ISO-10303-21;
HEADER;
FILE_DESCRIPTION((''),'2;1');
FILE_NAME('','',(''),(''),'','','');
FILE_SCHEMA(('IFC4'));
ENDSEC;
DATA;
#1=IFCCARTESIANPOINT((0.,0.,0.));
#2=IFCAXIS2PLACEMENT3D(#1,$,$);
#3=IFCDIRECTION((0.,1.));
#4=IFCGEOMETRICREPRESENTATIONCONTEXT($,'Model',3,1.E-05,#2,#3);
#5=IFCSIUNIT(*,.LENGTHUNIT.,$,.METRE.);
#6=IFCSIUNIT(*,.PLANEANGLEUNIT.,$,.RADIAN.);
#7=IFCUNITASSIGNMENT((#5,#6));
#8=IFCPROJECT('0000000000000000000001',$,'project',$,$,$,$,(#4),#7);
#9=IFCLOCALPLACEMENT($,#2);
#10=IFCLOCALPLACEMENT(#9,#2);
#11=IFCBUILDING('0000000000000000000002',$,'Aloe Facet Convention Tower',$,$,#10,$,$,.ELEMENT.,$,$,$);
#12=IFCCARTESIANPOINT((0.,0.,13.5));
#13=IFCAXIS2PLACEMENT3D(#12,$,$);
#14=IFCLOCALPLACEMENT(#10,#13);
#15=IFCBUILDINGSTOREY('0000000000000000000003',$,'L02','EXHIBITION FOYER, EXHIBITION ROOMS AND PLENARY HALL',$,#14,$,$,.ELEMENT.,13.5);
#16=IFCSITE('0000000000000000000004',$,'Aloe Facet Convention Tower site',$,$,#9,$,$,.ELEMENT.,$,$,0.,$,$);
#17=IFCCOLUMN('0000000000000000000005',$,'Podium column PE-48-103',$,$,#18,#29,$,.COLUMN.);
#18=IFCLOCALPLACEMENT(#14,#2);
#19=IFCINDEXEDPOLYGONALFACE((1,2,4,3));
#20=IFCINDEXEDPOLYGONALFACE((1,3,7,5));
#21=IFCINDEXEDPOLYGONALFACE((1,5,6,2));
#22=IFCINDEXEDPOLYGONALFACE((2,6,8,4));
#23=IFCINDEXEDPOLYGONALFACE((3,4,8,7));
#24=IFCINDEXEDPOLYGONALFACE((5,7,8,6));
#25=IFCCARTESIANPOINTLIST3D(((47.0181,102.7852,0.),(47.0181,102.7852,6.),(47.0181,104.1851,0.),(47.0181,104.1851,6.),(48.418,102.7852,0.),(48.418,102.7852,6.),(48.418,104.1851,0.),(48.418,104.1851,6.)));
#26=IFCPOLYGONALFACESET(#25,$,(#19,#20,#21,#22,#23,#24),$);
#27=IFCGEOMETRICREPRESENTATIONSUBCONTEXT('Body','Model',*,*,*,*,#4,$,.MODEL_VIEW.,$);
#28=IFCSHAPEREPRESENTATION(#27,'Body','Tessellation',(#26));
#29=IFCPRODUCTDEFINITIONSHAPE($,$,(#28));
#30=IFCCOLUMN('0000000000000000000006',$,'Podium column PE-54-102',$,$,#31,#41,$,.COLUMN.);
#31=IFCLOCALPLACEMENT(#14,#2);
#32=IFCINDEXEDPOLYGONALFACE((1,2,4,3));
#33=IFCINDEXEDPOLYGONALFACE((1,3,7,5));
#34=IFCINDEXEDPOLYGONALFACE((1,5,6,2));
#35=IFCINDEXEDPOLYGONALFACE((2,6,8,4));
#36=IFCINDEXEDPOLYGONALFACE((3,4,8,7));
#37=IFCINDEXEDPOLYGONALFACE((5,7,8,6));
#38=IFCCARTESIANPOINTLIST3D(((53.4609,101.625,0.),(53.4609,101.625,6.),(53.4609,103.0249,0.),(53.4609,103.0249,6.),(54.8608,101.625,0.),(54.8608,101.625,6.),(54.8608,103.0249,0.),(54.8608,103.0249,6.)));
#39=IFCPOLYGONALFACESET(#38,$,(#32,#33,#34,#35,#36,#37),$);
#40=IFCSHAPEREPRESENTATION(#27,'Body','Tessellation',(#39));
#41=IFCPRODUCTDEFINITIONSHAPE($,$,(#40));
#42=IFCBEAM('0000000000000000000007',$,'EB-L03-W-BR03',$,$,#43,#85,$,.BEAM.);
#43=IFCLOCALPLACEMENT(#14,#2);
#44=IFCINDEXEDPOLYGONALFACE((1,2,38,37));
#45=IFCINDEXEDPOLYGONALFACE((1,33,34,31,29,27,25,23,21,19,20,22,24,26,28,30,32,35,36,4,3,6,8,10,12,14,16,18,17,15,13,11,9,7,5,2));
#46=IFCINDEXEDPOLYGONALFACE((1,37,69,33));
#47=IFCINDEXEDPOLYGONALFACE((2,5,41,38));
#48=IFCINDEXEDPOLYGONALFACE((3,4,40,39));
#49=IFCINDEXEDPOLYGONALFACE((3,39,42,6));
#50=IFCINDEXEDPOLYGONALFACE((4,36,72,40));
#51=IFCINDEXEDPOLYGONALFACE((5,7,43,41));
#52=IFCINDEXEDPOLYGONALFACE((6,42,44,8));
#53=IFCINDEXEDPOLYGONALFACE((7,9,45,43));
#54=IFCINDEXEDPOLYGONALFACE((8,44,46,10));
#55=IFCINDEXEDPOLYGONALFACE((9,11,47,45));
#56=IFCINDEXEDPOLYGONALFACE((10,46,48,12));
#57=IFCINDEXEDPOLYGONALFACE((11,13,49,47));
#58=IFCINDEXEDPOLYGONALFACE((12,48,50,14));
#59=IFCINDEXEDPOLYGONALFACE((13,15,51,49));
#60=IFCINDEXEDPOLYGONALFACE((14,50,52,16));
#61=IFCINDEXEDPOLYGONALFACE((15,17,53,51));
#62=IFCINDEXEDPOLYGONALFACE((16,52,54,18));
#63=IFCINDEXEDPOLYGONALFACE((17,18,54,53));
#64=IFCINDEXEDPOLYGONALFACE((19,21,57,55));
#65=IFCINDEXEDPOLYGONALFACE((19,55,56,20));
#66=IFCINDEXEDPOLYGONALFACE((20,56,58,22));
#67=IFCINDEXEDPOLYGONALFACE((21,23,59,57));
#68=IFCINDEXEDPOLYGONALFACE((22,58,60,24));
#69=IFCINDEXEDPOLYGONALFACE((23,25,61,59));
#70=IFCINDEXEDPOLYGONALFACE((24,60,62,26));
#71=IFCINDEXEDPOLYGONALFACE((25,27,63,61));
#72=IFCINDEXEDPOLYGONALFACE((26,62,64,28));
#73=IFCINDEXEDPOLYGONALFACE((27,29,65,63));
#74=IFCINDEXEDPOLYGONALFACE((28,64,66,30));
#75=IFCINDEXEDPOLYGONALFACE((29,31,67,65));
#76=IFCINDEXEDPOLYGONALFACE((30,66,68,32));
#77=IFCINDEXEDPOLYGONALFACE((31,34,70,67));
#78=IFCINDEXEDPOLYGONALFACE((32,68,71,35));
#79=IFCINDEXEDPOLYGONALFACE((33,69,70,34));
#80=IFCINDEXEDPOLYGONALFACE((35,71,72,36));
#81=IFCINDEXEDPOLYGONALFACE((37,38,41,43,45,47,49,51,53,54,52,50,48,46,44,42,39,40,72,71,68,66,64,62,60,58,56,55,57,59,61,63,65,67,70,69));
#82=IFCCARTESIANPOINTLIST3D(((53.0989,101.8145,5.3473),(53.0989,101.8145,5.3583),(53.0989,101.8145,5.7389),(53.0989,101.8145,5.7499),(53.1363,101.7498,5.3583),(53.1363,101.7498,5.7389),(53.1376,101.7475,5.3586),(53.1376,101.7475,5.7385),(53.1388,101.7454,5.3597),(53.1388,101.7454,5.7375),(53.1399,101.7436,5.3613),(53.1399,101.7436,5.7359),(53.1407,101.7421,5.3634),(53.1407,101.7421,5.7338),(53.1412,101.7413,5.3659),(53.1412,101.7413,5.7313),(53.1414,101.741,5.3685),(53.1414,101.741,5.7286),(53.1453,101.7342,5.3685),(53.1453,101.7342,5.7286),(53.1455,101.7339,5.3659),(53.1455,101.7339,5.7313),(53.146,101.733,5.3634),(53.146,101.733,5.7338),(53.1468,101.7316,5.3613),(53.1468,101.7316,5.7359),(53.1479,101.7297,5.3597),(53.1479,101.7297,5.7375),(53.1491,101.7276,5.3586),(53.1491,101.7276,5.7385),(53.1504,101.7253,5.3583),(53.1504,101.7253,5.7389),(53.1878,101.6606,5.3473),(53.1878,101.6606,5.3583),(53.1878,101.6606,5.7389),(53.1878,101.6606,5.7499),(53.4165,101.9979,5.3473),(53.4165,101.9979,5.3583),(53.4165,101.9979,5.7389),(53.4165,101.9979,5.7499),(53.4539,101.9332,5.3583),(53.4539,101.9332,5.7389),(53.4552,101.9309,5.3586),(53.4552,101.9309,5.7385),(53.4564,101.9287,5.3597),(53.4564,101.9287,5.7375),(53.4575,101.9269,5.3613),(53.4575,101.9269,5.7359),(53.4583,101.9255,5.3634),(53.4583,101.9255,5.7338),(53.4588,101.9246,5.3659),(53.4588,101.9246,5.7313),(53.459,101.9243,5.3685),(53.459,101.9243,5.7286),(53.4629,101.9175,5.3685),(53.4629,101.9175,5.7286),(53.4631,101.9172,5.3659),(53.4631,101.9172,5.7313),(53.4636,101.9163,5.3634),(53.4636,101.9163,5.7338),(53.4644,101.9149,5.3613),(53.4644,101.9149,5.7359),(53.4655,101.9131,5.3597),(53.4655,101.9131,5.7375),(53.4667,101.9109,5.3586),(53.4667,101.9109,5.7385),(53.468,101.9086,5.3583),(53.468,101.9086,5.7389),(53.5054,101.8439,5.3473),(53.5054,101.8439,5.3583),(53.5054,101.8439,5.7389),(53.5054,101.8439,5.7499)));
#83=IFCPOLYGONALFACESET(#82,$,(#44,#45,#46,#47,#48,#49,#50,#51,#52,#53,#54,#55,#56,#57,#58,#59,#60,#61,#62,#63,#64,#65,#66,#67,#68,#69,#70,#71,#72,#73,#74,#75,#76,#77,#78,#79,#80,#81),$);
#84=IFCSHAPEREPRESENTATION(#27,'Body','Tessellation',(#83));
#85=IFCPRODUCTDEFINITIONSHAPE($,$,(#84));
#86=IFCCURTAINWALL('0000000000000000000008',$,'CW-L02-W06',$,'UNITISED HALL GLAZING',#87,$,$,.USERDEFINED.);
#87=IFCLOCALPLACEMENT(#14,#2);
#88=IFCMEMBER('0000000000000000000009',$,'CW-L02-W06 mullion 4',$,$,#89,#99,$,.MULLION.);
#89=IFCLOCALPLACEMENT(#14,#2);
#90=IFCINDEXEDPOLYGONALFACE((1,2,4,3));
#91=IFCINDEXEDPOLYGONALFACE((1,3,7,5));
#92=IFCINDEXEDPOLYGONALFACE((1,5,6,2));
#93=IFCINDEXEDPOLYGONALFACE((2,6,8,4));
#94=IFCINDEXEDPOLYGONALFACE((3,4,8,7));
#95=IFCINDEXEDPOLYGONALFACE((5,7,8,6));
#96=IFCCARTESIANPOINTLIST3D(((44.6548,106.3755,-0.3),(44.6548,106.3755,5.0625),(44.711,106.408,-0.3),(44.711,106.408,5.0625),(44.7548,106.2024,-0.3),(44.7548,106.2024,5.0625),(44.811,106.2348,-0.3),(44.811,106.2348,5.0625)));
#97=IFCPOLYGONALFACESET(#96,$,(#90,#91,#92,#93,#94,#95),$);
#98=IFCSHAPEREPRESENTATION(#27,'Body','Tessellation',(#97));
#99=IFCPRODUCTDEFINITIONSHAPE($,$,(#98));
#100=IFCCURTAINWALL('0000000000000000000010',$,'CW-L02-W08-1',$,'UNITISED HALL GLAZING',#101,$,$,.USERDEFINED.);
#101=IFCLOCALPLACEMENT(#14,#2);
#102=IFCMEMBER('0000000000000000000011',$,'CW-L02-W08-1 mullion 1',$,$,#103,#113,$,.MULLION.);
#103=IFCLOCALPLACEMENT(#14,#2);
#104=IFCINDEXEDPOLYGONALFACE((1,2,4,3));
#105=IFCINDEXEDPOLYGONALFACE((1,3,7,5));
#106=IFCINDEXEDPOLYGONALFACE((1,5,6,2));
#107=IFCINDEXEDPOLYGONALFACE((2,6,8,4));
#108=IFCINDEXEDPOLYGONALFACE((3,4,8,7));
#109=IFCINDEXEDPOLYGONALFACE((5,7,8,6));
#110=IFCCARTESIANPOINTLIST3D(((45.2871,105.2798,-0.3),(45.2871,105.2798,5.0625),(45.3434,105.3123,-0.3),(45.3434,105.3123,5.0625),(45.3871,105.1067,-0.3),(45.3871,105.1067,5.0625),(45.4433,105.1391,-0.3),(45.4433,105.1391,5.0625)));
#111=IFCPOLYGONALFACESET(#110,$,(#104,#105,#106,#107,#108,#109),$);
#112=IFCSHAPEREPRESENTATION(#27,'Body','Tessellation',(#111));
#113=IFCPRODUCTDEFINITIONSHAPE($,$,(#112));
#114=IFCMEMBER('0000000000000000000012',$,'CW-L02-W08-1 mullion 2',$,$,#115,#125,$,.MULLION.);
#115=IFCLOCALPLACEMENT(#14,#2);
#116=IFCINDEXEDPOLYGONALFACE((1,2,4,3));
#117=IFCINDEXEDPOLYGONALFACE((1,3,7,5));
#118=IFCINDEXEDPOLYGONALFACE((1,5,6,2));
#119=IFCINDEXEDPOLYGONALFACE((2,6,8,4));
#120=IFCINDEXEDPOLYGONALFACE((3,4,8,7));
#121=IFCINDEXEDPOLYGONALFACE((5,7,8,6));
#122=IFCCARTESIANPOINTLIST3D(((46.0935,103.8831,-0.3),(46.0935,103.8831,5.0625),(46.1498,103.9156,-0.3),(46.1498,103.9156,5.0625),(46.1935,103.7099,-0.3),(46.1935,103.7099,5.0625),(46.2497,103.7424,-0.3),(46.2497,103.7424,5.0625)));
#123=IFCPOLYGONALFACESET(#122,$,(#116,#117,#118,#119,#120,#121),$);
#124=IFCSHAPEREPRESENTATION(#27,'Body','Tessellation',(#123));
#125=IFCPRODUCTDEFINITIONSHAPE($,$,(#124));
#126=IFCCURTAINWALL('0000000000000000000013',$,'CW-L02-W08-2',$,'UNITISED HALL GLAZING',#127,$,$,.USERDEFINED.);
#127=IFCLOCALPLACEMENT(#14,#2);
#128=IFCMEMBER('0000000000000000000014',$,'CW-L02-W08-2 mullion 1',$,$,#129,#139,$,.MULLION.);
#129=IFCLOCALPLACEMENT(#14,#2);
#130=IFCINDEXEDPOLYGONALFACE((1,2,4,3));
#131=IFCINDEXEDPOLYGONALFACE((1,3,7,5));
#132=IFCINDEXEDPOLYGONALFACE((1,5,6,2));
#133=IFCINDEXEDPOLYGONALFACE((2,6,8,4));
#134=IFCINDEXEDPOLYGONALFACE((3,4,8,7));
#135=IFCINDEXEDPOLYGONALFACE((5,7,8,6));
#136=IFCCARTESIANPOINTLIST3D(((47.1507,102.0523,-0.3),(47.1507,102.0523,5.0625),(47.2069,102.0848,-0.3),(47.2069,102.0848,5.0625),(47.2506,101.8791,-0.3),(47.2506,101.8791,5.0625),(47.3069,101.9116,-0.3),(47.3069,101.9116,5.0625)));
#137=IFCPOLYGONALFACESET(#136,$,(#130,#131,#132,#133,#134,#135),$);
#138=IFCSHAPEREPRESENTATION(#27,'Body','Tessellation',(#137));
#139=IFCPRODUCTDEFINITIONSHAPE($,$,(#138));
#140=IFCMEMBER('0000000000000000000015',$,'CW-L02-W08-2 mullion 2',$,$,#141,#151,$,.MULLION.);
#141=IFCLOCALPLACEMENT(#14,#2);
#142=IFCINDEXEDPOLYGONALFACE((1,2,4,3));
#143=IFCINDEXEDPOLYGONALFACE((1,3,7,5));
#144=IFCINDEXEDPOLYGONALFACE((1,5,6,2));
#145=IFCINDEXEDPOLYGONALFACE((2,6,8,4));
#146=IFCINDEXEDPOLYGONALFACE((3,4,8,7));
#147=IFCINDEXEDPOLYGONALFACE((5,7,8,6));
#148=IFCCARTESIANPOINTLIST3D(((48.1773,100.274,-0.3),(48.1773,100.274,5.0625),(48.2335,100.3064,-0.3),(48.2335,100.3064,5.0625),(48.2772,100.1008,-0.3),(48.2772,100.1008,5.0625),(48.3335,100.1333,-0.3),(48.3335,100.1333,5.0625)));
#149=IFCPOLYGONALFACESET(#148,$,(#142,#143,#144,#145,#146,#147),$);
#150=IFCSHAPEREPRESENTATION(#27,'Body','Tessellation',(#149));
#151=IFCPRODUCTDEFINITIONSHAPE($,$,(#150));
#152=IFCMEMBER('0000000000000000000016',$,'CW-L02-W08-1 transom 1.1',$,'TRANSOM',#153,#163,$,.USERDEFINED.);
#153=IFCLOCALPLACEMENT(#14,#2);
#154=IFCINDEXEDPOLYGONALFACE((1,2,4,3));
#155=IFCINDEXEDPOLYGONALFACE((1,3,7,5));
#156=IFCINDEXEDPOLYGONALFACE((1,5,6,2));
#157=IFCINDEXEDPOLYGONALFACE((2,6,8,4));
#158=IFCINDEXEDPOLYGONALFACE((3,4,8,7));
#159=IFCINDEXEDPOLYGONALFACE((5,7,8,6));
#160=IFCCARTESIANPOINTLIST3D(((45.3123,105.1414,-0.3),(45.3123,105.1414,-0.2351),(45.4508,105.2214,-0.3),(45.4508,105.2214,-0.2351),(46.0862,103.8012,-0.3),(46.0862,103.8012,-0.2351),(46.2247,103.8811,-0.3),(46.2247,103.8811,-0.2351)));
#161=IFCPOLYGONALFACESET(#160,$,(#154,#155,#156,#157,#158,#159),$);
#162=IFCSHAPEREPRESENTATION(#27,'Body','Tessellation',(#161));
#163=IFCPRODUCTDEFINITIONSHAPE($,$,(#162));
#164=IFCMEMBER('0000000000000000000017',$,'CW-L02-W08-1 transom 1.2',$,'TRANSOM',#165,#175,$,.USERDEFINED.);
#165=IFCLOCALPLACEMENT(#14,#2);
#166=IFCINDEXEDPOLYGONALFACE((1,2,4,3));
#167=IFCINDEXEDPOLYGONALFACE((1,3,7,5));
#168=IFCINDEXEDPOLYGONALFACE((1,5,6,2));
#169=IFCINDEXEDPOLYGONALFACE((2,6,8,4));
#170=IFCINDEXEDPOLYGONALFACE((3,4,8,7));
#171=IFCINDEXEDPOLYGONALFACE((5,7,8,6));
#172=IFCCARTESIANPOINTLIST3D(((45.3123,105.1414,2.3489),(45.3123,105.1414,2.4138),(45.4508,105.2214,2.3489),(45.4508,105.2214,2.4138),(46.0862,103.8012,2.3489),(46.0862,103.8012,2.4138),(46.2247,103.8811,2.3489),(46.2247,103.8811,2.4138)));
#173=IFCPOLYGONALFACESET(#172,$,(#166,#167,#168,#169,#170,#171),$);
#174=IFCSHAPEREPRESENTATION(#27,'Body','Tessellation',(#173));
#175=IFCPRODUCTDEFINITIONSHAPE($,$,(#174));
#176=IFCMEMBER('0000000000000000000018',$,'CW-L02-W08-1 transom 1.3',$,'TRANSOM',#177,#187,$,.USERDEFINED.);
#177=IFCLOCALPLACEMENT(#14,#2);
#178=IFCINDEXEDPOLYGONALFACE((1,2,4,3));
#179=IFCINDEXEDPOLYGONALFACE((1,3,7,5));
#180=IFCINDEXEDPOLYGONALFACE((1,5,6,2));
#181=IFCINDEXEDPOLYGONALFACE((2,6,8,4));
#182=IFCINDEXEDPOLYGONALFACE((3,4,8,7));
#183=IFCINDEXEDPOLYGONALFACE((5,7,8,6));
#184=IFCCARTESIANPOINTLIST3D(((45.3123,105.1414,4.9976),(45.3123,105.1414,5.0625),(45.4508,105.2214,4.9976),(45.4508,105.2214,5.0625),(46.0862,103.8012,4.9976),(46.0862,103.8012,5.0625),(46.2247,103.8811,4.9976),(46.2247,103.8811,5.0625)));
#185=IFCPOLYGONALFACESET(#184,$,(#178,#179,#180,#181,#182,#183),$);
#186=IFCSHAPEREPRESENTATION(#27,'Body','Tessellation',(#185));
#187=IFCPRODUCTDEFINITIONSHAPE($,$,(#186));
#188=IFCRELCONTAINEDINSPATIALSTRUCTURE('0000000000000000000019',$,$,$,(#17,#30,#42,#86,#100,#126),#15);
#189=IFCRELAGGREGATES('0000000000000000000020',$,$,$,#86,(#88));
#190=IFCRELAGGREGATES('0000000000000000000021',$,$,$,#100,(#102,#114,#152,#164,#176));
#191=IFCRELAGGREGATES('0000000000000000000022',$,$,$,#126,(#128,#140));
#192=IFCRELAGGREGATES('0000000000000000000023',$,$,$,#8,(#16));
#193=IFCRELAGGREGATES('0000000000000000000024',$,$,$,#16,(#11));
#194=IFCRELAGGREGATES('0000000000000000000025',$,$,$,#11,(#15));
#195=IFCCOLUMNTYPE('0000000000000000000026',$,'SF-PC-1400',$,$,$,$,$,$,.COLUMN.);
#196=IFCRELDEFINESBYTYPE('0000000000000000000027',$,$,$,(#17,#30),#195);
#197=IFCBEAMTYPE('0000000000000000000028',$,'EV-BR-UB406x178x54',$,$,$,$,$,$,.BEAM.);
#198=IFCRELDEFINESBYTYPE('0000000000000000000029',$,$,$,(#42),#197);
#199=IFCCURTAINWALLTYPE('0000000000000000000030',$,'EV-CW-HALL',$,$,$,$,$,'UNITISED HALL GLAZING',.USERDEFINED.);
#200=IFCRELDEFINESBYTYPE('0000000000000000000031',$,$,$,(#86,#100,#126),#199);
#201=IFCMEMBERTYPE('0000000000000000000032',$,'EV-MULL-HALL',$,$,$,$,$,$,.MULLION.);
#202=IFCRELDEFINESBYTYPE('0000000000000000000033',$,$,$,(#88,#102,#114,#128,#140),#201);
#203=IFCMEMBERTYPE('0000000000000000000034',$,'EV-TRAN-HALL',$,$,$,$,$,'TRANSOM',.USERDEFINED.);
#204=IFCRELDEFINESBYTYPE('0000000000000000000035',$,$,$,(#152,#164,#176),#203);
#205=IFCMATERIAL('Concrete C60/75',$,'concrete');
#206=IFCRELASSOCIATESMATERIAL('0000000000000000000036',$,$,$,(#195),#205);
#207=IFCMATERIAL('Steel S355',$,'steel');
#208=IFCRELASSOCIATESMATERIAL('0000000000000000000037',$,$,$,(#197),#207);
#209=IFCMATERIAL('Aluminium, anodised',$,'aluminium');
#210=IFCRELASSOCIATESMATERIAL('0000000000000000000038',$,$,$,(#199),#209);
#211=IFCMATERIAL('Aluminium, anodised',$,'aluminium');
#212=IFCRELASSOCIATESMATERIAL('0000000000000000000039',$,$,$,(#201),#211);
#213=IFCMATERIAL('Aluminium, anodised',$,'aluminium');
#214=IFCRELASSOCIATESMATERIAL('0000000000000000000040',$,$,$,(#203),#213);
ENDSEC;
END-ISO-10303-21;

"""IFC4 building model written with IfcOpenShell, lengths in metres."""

from ifc_helpers import new_model, si_unit, direction, frame, origin, origin_2d, place, context, subcontext, project, spatial, rectangle, i_section, extrude, material, material_profile, profile_set, type_object, element, aggregate, save


model = new_model("IFC4")

# Units and contexts
model_context = context("Model", 3, precision=1e-05, world=origin(), true_north=direction((0.0, 1.0)))
body_context = subcontext(model_context, "Body", "Model", "MODEL_VIEW")
ifc_project = project(units=[si_unit("LENGTHUNIT", "METRE"), si_unit("PLANEANGLEUNIT", "RADIAN")], contexts=[model_context])

# Site, building, storey
site_placement = place(None, origin())
site = spatial("IfcSite", under=ifc_project, at=site_placement, Name="Aloe Facet Convention Tower site", CompositionType="ELEMENT", RefElevation=0.0)
building_placement = place(site_placement, origin())
building = spatial("IfcBuilding", under=site, at=building_placement, Name="Aloe Facet Convention Tower", CompositionType="ELEMENT")
storey_placement = place(building_placement, frame((0.0, 0.0, 13.5)))
storey = spatial("IfcBuildingStorey", under=building, at=storey_placement, Name="L02", Description="EXHIBITION FOYER, EXHIBITION ROOMS AND PLENARY HALL", CompositionType="ELEMENT", Elevation=13.5)

# Columns
ifc_material_1 = material(Name="Concrete C60/75", Category="concrete")
ifc_material_profile_1 = material_profile(ifc_material_1, rectangle(XDim=1.3999, YDim=1.3999, at=origin_2d()), Name="SF-PC-1400")
ifc_profile_set_1 = profile_set([ifc_material_profile_1], Name="Concrete C60/75")
column_type = type_object("IfcColumnType", Name="SF-PC-1400", PredefinedType="COLUMN", material=ifc_profile_set_1)
for number, where, z_axis, x_axis, name in (
    (1, (47.718, 103.4851, 0.0), (0.0, 0.0, 1.0), (1.0, 0.0, 0.0), "Podium column PE-48-103"),
    (2, (54.1609, 102.325, 0.0), (0.0, 0.0, 1.0), (1.0, 0.0, 0.0), "Podium column PE-54-102"),
):
    element("IfcColumn", number, at=place(storey_placement, frame(where, z_axis=z_axis, x_axis=x_axis)), inside=storey, type_object=column_type, Name=name, PredefinedType="COLUMN", context=body_context, shape_type="SweptSolid", body=[
        extrude(rectangle(XDim=1.3999, YDim=1.3999, at=origin_2d()), origin(), (0.0, 0.0, 1.0), 6.0),
    ])

# Beam
ifc_material_2 = material(Name="Steel S355", Category="steel")
ifc_material_profile_2 = material_profile(ifc_material_2, i_section(OverallWidth=0.1777, OverallDepth=0.4026, WebThickness=0.0078, FlangeThickness=0.011, FilletRadius=0.0103, at=origin_2d()), Name="UB 406x178x54")
ifc_profile_set_2 = profile_set([ifc_material_profile_2], Name="Steel S355")
beam_type_1 = type_object("IfcBeamType", Name="EV-BR-UB406x178x54", PredefinedType="BEAM", material=ifc_profile_set_2)
beam_1_placement = place(storey_placement, frame((53.4609, 101.9209, 5.5486), z_axis=(-0.866064, -0.499934, 0.0), x_axis=(0.499934, -0.866064, 0.0)))
element("IfcBeam", 3, at=beam_1_placement, inside=storey, type_object=beam_type_1, Name="EB-L03-W-BR03", PredefinedType="BEAM", context=body_context, shape_type="SweptSolid", body=[
    extrude(i_section(OverallWidth=0.1777, OverallDepth=0.4026, WebThickness=0.0078, FlangeThickness=0.011, FilletRadius=0.0103, at=origin_2d()), origin(), (0.0, 0.0, 1.0), 0.3667),
])

# Curtain wall, member
ifc_material_3 = material(Name="Aluminium, anodised", Category="aluminium")
curtain_wall_type = type_object("IfcCurtainWallType", Name="EV-CW-HALL", ElementType="UNITISED HALL GLAZING", PredefinedType="USERDEFINED", material=ifc_material_3)
curtain_wall_1_placement = place(storey_placement, origin())
curtain_wall_1 = element("IfcCurtainWall", 4, at=curtain_wall_1_placement, inside=storey, type_object=curtain_wall_type, Name="CW-L02-W06", ObjectType="UNITISED HALL GLAZING", PredefinedType="USERDEFINED")
ifc_material_4 = material(Name="Aluminium, anodised", Category="aluminium")
ifc_material_profile_3 = material_profile(ifc_material_4, rectangle(XDim=0.0649, YDim=0.2, at=origin_2d()), Name="AL 65x200")
ifc_profile_set_3 = profile_set([ifc_material_profile_3], Name="Aluminium, anodised")
member_type_1 = type_object("IfcMemberType", Name="EV-MULL-HALL", PredefinedType="MULLION", material=ifc_profile_set_3)
member_1_placement = place(storey_placement, frame((44.7329, 106.3052, -0.3), z_axis=(0.0, 0.0, 1.0), x_axis=(0.866025, 0.5, 0.0)))
member_1 = element("IfcMember", 5, at=member_1_placement, type_object=member_type_1, Name="CW-L02-W06 mullion 4", PredefinedType="MULLION", context=body_context, shape_type="SweptSolid", body=[
    extrude(rectangle(XDim=0.0649, YDim=0.2, at=origin_2d()), origin(), (0.0, 0.0, 1.0), 5.3625),
])

# Curtain walls, members
curtain_wall_2_placement = place(storey_placement, origin())
curtain_wall_2 = element("IfcCurtainWall", 6, at=curtain_wall_2_placement, inside=storey, type_object=curtain_wall_type, Name="CW-L02-W08-1", ObjectType="UNITISED HALL GLAZING", PredefinedType="USERDEFINED")
member_2_placement = place(storey_placement, frame((45.3652, 105.2095, -0.3), z_axis=(0.0, 0.0, 1.0), x_axis=(0.866025, 0.5, 0.0)))
member_2 = element("IfcMember", 7, at=member_2_placement, type_object=member_type_1, Name="CW-L02-W08-1 mullion 1", PredefinedType="MULLION", context=body_context, shape_type="SweptSolid", body=[
    extrude(rectangle(XDim=0.0649, YDim=0.2, at=origin_2d()), origin(), (0.0, 0.0, 1.0), 5.3625),
])
member_3_placement = place(storey_placement, frame((46.1716, 103.8127, -0.3), z_axis=(0.0, 0.0, 1.0), x_axis=(0.866025, 0.5, 0.0)))
member_3 = element("IfcMember", 8, at=member_3_placement, type_object=member_type_1, Name="CW-L02-W08-1 mullion 2", PredefinedType="MULLION", context=body_context, shape_type="SweptSolid", body=[
    extrude(rectangle(XDim=0.0649, YDim=0.2, at=origin_2d()), origin(), (0.0, 0.0, 1.0), 5.3625),
])
curtain_wall_3_placement = place(storey_placement, origin())
curtain_wall_3 = element("IfcCurtainWall", 9, at=curtain_wall_3_placement, inside=storey, type_object=curtain_wall_type, Name="CW-L02-W08-2", ObjectType="UNITISED HALL GLAZING", PredefinedType="USERDEFINED")
member_4_placement = place(storey_placement, frame((47.2288, 101.9819, -0.3), z_axis=(0.0, 0.0, 1.0), x_axis=(0.866025, 0.5, 0.0)))
member_4 = element("IfcMember", 10, at=member_4_placement, type_object=member_type_1, Name="CW-L02-W08-2 mullion 1", PredefinedType="MULLION", context=body_context, shape_type="SweptSolid", body=[
    extrude(rectangle(XDim=0.0649, YDim=0.2, at=origin_2d()), origin(), (0.0, 0.0, 1.0), 5.3625),
])
member_5_placement = place(storey_placement, frame((48.2554, 100.2036, -0.3), z_axis=(0.0, 0.0, 1.0), x_axis=(0.866025, 0.5, 0.0)))
member_5 = element("IfcMember", 11, at=member_5_placement, type_object=member_type_1, Name="CW-L02-W08-2 mullion 2", PredefinedType="MULLION", context=body_context, shape_type="SweptSolid", body=[
    extrude(rectangle(XDim=0.0649, YDim=0.2, at=origin_2d()), origin(), (0.0, 0.0, 1.0), 5.3625),
])

# Members
ifc_material_5 = material(Name="Aluminium, anodised", Category="aluminium")
ifc_material_profile_4 = material_profile(ifc_material_5, rectangle(XDim=0.1599, YDim=0.0649, at=origin_2d()), Name="AL 160x65")
ifc_profile_set_4 = profile_set([ifc_material_profile_4], Name="Aluminium, anodised")
member_type_2 = type_object("IfcMemberType", Name="EV-TRAN-HALL", ElementType="TRANSOM", PredefinedType="USERDEFINED", material=ifc_profile_set_4)
member_6_placement = place(storey_placement, frame((45.3816, 105.1814, -0.2676), z_axis=(0.500041, -0.866002, 0.0), x_axis=(0.866002, 0.500041, 0.0)))
member_6 = element("IfcMember", 12, at=member_6_placement, type_object=member_type_2, Name="CW-L02-W08-1 transom 1.1", ObjectType="TRANSOM", PredefinedType="USERDEFINED", context=body_context, shape_type="SweptSolid", body=[
    extrude(rectangle(XDim=0.1599, YDim=0.0649, at=origin_2d()), origin(), (0.0, 0.0, 1.0), 1.5476),
])
member_7_placement = place(storey_placement, frame((45.3816, 105.1814, 2.3813), z_axis=(0.500041, -0.866002, 0.0), x_axis=(0.866002, 0.500041, 0.0)))
member_7 = element("IfcMember", 13, at=member_7_placement, type_object=member_type_2, Name="CW-L02-W08-1 transom 1.2", ObjectType="TRANSOM", PredefinedType="USERDEFINED", context=body_context, shape_type="SweptSolid", body=[
    extrude(rectangle(XDim=0.1599, YDim=0.0649, at=origin_2d()), origin(), (0.0, 0.0, 1.0), 1.5476),
])
member_8_placement = place(storey_placement, frame((45.3816, 105.1814, 5.03), z_axis=(0.500041, -0.866002, 0.0), x_axis=(0.866002, 0.500041, 0.0)))
member_8 = element("IfcMember", 14, at=member_8_placement, type_object=member_type_2, Name="CW-L02-W08-1 transom 1.3", ObjectType="TRANSOM", PredefinedType="USERDEFINED", context=body_context, shape_type="SweptSolid", body=[
    extrude(rectangle(XDim=0.1599, YDim=0.0649, at=origin_2d()), origin(), (0.0, 0.0, 1.0), 1.5476),
])

aggregate(curtain_wall_1, [member_1])
aggregate(curtain_wall_2, [member_2, member_3, member_6, member_7, member_8])
aggregate(curtain_wall_3, [member_4, member_5])

save(model, "model.ifc")
